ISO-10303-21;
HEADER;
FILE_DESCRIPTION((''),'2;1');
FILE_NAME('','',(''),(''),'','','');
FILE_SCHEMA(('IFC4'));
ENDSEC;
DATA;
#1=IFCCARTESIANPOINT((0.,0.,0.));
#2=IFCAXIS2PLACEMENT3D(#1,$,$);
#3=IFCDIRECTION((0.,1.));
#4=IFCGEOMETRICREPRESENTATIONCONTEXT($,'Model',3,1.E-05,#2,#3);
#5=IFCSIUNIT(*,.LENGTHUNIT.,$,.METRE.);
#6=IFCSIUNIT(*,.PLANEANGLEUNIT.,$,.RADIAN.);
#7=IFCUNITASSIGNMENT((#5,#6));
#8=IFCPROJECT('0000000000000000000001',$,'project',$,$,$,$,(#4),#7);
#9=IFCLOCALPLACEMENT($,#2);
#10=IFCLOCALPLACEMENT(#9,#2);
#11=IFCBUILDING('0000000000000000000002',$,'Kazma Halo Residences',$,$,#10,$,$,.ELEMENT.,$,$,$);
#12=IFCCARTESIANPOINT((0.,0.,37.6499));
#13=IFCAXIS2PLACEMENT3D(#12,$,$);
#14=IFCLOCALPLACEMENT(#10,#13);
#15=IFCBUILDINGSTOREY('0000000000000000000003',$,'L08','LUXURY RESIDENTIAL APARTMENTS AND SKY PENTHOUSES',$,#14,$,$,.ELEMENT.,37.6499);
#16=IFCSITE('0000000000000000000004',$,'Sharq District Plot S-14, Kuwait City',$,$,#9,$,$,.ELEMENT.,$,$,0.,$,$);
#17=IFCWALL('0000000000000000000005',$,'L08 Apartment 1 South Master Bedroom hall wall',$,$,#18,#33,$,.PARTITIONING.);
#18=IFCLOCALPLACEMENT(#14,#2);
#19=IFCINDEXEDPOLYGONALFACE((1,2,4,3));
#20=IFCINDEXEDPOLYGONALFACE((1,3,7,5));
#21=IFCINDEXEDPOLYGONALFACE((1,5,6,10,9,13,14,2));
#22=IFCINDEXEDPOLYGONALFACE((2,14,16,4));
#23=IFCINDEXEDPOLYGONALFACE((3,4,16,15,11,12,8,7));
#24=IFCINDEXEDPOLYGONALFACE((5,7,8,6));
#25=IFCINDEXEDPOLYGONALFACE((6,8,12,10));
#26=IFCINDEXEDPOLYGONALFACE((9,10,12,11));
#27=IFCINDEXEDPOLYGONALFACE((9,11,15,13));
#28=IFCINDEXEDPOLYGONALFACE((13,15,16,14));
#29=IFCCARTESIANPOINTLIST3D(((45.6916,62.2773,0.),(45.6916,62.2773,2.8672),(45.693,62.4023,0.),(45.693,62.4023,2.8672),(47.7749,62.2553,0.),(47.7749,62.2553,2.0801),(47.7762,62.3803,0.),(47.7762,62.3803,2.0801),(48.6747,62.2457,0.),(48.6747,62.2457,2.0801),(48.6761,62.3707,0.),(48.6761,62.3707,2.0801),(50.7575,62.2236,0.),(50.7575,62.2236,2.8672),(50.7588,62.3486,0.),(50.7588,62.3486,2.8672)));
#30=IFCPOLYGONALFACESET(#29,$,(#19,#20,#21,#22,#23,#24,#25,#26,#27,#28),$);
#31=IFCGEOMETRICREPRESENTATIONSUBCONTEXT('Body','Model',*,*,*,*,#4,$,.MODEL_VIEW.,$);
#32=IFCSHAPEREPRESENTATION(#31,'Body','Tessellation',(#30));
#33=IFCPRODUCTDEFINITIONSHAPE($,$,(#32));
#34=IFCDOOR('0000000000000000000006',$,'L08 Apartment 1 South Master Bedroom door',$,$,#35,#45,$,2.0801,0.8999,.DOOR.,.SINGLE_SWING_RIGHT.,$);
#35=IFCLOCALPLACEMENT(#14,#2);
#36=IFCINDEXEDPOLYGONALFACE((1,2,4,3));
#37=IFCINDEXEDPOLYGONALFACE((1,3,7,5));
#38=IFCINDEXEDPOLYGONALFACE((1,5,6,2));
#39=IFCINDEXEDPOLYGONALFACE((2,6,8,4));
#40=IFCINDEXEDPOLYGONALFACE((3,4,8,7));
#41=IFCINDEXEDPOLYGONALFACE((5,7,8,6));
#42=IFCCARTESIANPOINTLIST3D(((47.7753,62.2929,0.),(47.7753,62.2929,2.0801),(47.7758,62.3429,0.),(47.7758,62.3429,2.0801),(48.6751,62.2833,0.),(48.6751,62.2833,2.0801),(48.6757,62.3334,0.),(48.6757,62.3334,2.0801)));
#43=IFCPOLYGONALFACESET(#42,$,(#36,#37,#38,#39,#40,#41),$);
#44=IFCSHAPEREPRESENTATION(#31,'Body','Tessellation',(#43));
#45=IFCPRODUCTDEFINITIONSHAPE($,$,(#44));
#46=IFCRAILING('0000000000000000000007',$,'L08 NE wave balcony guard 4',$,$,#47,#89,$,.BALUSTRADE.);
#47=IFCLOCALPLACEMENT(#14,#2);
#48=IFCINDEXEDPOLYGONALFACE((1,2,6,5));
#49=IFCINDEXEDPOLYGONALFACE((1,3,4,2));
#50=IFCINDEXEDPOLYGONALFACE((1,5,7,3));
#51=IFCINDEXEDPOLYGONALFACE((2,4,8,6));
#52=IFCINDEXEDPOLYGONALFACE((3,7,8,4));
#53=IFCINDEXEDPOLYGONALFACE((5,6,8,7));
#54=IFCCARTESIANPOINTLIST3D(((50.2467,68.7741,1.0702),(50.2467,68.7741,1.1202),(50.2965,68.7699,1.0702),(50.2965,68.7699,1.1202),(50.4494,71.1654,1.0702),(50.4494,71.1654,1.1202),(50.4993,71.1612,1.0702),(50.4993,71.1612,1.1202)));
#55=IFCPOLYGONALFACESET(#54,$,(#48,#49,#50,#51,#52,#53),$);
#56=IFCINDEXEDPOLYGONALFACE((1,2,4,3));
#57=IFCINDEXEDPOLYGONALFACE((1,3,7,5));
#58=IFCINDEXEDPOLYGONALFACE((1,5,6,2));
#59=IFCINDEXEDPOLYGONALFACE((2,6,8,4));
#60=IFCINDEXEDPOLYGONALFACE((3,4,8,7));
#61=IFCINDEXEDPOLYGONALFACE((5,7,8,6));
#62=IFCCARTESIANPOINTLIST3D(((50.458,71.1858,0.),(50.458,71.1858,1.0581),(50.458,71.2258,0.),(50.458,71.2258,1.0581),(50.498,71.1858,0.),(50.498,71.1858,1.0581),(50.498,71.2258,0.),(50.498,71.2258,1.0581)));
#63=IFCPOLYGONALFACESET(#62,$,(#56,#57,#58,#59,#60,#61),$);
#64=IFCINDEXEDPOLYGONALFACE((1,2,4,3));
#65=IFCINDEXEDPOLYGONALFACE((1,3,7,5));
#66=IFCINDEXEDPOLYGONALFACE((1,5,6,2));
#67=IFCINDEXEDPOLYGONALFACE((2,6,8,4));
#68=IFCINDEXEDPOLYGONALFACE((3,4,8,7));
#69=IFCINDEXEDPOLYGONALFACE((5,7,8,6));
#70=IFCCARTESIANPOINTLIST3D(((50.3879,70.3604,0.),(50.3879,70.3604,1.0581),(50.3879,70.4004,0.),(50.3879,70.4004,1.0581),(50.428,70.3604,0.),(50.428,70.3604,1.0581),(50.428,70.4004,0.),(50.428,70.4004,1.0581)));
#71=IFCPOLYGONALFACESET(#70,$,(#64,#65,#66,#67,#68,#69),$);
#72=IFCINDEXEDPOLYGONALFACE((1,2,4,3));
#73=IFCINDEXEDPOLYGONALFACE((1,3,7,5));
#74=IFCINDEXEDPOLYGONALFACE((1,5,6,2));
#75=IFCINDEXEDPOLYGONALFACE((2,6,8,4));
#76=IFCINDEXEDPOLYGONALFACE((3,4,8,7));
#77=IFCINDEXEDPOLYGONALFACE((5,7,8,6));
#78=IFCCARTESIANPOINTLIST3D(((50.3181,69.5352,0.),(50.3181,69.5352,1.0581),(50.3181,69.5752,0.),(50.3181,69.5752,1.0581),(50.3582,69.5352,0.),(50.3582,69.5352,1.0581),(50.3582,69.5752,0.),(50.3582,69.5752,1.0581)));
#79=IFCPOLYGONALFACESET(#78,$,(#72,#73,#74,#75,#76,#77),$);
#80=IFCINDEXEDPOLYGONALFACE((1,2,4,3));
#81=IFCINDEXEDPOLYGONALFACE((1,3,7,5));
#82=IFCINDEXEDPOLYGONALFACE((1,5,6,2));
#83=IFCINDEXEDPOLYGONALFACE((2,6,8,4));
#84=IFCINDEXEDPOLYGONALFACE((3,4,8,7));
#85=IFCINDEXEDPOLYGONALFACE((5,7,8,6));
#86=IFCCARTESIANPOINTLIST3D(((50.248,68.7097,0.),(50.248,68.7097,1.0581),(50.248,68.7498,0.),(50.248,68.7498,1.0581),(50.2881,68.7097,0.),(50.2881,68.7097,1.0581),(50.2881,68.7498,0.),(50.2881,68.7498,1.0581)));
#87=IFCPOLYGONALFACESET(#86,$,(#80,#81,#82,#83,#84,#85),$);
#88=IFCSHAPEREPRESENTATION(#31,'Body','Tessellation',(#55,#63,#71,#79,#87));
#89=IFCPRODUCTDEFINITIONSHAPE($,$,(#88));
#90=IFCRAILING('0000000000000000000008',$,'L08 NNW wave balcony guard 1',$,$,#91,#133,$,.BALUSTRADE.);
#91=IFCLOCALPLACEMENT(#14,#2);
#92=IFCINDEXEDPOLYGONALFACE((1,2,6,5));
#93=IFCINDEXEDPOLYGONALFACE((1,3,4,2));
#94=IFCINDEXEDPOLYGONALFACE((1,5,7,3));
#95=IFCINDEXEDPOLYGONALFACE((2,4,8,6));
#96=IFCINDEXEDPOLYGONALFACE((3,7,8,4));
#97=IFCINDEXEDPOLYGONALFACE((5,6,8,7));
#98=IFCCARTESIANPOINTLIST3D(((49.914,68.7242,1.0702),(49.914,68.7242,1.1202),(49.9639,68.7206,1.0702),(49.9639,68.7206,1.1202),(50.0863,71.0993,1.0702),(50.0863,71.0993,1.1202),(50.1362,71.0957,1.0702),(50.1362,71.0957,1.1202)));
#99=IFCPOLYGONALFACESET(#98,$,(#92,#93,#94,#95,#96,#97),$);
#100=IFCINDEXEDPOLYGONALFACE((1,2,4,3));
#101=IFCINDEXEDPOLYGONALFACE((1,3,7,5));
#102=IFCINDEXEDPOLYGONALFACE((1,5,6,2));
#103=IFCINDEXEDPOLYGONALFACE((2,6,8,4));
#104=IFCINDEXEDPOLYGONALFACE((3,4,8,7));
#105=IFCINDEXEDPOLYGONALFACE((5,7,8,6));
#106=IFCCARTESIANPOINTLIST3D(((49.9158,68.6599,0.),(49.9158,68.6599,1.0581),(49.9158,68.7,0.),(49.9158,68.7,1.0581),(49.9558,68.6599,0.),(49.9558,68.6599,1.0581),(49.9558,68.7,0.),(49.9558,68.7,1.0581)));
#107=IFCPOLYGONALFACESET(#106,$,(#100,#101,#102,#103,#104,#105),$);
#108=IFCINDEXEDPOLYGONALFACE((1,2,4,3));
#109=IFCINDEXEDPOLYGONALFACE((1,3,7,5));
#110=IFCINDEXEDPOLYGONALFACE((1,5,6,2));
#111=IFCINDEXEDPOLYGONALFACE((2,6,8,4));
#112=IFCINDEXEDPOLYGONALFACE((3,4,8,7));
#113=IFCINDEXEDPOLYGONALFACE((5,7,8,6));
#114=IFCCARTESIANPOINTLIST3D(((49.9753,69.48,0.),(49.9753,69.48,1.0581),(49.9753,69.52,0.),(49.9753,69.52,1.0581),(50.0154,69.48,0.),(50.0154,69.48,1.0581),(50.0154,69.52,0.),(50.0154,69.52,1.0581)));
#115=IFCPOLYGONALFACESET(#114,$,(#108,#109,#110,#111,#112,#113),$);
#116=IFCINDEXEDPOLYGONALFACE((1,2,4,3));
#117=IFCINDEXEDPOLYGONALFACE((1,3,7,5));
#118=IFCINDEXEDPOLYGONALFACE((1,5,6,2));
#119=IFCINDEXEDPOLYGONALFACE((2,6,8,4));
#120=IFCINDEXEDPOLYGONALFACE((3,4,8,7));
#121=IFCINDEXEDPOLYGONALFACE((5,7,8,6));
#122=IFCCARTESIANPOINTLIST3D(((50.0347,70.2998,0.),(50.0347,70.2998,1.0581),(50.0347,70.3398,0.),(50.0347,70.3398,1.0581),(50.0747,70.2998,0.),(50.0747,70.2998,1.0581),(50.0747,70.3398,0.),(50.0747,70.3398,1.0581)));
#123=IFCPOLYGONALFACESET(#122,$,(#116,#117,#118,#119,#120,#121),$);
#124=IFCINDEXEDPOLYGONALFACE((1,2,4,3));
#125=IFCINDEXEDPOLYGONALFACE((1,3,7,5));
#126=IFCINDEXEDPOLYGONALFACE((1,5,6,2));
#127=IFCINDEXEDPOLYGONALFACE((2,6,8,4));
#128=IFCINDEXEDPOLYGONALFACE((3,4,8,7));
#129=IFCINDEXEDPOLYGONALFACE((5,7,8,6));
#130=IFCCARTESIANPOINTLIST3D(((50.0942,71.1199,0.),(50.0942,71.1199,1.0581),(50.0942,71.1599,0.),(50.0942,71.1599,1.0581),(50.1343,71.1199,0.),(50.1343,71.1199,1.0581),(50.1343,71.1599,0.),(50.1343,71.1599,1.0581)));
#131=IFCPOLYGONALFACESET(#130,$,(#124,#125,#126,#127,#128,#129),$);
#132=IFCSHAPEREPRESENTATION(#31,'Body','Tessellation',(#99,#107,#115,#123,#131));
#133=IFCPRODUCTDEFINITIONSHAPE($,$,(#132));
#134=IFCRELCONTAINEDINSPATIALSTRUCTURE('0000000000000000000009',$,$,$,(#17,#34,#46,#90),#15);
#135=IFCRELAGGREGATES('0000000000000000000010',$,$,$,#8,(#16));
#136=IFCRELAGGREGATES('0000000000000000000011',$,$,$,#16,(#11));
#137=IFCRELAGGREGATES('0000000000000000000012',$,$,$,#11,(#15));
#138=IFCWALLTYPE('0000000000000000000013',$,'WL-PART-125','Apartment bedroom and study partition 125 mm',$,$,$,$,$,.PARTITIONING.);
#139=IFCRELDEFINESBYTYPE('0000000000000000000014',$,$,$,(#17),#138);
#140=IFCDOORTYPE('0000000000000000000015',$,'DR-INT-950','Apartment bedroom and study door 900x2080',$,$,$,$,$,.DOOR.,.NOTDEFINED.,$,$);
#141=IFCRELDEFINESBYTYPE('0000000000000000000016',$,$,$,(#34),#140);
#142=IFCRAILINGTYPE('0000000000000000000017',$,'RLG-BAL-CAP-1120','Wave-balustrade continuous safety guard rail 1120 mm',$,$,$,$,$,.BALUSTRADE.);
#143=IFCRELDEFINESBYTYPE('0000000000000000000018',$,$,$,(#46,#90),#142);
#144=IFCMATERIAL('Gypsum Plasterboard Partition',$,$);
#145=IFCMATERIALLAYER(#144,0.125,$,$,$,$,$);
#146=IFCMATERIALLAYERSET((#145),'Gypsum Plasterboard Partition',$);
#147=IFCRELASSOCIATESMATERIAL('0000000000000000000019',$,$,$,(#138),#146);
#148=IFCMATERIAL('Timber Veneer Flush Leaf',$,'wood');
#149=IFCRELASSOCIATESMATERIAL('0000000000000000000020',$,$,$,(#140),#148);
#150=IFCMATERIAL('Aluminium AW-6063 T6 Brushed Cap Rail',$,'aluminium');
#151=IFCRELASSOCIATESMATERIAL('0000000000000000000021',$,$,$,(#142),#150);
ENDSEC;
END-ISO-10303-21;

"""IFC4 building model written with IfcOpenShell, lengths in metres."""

from ifc_helpers import new_model, si_unit, direction, frame, frame_2d, origin, origin_2d, place, context, subcontext, project, spatial, rectangle, extrude, material, layer, layer_set, type_object, element, fill, save


model = new_model("IFC4")

# Units and contexts
model_context = context("Model", 3, precision=1e-05, world=origin(), true_north=direction((0.0, 1.0)))
body_context = subcontext(model_context, "Body", "Model", "MODEL_VIEW")
ifc_project = project(units=[si_unit("LENGTHUNIT", "METRE"), si_unit("PLANEANGLEUNIT", "RADIAN")], contexts=[model_context])

# Site, building, storey
site_placement = place(None, origin())
site = spatial("IfcSite", under=ifc_project, at=site_placement, Name="Sharq District Plot S-14, Kuwait City", CompositionType="ELEMENT", RefElevation=0.0)
building_placement = place(site_placement, origin())
building = spatial("IfcBuilding", under=site, at=building_placement, Name="Kazma Halo Residences", CompositionType="ELEMENT")
storey_placement = place(building_placement, frame((0.0, 0.0, 37.6499)))
storey = spatial("IfcBuildingStorey", under=building, at=storey_placement, Name="L08", Description="LUXURY RESIDENTIAL APARTMENTS AND SKY PENTHOUSES", CompositionType="ELEMENT", Elevation=37.6499)

# Shared definitions
ifc_material_1 = material(Name="Gypsum Plasterboard Partition")
ifc_layer_1 = layer(ifc_material_1, 0.125)
ifc_layer_set_1 = layer_set([ifc_layer_1], Name="Gypsum Plasterboard Partition")
wall_type_1 = type_object("IfcWallType", Name="WL-PART-125", Description="Apartment bedroom and study partition 125 mm", PredefinedType="PARTITIONING", material=ifc_layer_set_1)

# Shared definitions
ifc_material_2 = material(Name="Timber Veneer Flush Leaf", Category="wood")
door_type_1 = type_object("IfcDoorType", Name="DR-INT-950", Description="Apartment bedroom and study door 900x2080", OperationType="NOTDEFINED", PredefinedType="DOOR", material=ifc_material_2)

# Wall, opening, door
wall_1_placement = place(storey_placement, frame((50.7583, 62.2861, 0.0), z_axis=(0.0, 0.0, 1.0), x_axis=(-0.999944, 0.010602, 0.0)))
wall_1 = element("IfcWall", 1, at=wall_1_placement, inside=storey, type_object=wall_type_1, Name="L08 Apartment 1 South Master Bedroom hall wall", PredefinedType="PARTITIONING", context=body_context, shape_type="SweptSolid", body=[
    extrude(rectangle(XDim=5.0662, YDim=0.125, at=frame_2d((2.5332, 0.0))), origin(), (0.0, 0.0, 1.0), 2.8672),
])
opening_1_placement = place(wall_1_placement, frame((2.083, 0.0, 0.0)))
opening_1 = element("IfcOpeningElement", 2, at=opening_1_placement, cuts=wall_1, PredefinedType="OPENING", context=body_context, shape_type="SweptSolid", body=[
    extrude(rectangle(XDim=0.8999, YDim=2.0801, at=frame_2d((0.45, 1.04))), frame((0.0, 0.0725, 0.0), z_axis=(0.0, -1.0, 0.0), x_axis=(1.0, 0.0, 0.0)), (0.0, 0.0, 1.0), 0.145),
])
door_1_placement = place(opening_1_placement, origin())
door_1 = element("IfcDoor", 3, at=door_1_placement, inside=storey, type_object=door_type_1, Name="L08 Apartment 1 South Master Bedroom door", OperationType="SINGLE_SWING_RIGHT", OverallHeight=2.0801, OverallWidth=0.8999, PredefinedType="DOOR", context=body_context, shape_type="SweptSolid", body=[
    extrude(rectangle(XDim=0.8999, YDim=2.0801, at=frame_2d((0.45, 1.04))), frame((0.0, 0.0249, 0.0), z_axis=(0.0, -1.0, 0.0), x_axis=(1.0, 0.0, 0.0)), (0.0, 0.0, 1.0), 0.05),
])
fill(opening_1, door_1)

# Railings
ifc_material_3 = material(Name="Aluminium AW-6063 T6 Brushed Cap Rail", Category="aluminium")
railing_type = type_object("IfcRailingType", Name="RLG-BAL-CAP-1120", Description="Wave-balustrade continuous safety guard rail 1120 mm", PredefinedType="BALUSTRADE", material=ifc_material_3)
railing_1_placement = place(storey_placement, frame((50.478, 71.2058, 0.0)))
element("IfcRailing", 4, at=railing_1_placement, inside=storey, type_object=railing_type, Name="L08 NE wave balcony guard 4", PredefinedType="BALUSTRADE", context=body_context, shape_type="SweptSolid", body=[
    extrude(rectangle(XDim=0.05, YDim=0.05, at=origin_2d()), frame((-0.0037, -0.0425, 1.0952), z_axis=(-0.084493, -0.996424, 0.0), x_axis=(0.996424, -0.084493, 0.0)), (0.0, 0.0, 1.0), 2.3999),
    extrude(rectangle(XDim=0.04, YDim=0.04, at=origin_2d()), origin(), (0.0, 0.0, 1.0), 1.0581),
    extrude(rectangle(XDim=0.04, YDim=0.04, at=origin_2d()), frame((-0.0701, -0.8254, 0.0)), (0.0, 0.0, 1.0), 1.0581),
    extrude(rectangle(XDim=0.04, YDim=0.04, at=origin_2d()), frame((-0.1399, -1.6506, 0.0)), (0.0, 0.0, 1.0), 1.0581),
    extrude(rectangle(XDim=0.04, YDim=0.04, at=origin_2d()), frame((-0.21, -2.4761, 0.0)), (0.0, 0.0, 1.0), 1.0581),
])
railing_2_placement = place(storey_placement, frame((49.9358, 68.6799, 0.0)))
element("IfcRailing", 5, at=railing_2_placement, inside=storey, type_object=railing_type, Name="L08 NNW wave balcony guard 1", PredefinedType="BALUSTRADE", context=body_context, shape_type="SweptSolid", body=[
    extrude(rectangle(XDim=0.05, YDim=0.05, at=origin_2d()), frame((0.0032, 0.0425, 1.0952), z_axis=(0.072358, 0.997379, 0.0), x_axis=(-0.997379, 0.072358, 0.0)), (0.0, 0.0, 1.0), 2.3813),
    extrude(rectangle(XDim=0.04, YDim=0.04, at=origin_2d()), origin(), (0.0, 0.0, 1.0), 1.0581),
    extrude(rectangle(XDim=0.04, YDim=0.04, at=origin_2d()), frame((0.0596, 0.8201, 0.0)), (0.0, 0.0, 1.0), 1.0581),
    extrude(rectangle(XDim=0.04, YDim=0.04, at=origin_2d()), frame((0.1189, 1.6399, 0.0)), (0.0, 0.0, 1.0), 1.0581),
    extrude(rectangle(XDim=0.04, YDim=0.04, at=origin_2d()), frame((0.1785, 2.46, 0.0)), (0.0, 0.0, 1.0), 1.0581),
])

save(model, "model.ifc")
